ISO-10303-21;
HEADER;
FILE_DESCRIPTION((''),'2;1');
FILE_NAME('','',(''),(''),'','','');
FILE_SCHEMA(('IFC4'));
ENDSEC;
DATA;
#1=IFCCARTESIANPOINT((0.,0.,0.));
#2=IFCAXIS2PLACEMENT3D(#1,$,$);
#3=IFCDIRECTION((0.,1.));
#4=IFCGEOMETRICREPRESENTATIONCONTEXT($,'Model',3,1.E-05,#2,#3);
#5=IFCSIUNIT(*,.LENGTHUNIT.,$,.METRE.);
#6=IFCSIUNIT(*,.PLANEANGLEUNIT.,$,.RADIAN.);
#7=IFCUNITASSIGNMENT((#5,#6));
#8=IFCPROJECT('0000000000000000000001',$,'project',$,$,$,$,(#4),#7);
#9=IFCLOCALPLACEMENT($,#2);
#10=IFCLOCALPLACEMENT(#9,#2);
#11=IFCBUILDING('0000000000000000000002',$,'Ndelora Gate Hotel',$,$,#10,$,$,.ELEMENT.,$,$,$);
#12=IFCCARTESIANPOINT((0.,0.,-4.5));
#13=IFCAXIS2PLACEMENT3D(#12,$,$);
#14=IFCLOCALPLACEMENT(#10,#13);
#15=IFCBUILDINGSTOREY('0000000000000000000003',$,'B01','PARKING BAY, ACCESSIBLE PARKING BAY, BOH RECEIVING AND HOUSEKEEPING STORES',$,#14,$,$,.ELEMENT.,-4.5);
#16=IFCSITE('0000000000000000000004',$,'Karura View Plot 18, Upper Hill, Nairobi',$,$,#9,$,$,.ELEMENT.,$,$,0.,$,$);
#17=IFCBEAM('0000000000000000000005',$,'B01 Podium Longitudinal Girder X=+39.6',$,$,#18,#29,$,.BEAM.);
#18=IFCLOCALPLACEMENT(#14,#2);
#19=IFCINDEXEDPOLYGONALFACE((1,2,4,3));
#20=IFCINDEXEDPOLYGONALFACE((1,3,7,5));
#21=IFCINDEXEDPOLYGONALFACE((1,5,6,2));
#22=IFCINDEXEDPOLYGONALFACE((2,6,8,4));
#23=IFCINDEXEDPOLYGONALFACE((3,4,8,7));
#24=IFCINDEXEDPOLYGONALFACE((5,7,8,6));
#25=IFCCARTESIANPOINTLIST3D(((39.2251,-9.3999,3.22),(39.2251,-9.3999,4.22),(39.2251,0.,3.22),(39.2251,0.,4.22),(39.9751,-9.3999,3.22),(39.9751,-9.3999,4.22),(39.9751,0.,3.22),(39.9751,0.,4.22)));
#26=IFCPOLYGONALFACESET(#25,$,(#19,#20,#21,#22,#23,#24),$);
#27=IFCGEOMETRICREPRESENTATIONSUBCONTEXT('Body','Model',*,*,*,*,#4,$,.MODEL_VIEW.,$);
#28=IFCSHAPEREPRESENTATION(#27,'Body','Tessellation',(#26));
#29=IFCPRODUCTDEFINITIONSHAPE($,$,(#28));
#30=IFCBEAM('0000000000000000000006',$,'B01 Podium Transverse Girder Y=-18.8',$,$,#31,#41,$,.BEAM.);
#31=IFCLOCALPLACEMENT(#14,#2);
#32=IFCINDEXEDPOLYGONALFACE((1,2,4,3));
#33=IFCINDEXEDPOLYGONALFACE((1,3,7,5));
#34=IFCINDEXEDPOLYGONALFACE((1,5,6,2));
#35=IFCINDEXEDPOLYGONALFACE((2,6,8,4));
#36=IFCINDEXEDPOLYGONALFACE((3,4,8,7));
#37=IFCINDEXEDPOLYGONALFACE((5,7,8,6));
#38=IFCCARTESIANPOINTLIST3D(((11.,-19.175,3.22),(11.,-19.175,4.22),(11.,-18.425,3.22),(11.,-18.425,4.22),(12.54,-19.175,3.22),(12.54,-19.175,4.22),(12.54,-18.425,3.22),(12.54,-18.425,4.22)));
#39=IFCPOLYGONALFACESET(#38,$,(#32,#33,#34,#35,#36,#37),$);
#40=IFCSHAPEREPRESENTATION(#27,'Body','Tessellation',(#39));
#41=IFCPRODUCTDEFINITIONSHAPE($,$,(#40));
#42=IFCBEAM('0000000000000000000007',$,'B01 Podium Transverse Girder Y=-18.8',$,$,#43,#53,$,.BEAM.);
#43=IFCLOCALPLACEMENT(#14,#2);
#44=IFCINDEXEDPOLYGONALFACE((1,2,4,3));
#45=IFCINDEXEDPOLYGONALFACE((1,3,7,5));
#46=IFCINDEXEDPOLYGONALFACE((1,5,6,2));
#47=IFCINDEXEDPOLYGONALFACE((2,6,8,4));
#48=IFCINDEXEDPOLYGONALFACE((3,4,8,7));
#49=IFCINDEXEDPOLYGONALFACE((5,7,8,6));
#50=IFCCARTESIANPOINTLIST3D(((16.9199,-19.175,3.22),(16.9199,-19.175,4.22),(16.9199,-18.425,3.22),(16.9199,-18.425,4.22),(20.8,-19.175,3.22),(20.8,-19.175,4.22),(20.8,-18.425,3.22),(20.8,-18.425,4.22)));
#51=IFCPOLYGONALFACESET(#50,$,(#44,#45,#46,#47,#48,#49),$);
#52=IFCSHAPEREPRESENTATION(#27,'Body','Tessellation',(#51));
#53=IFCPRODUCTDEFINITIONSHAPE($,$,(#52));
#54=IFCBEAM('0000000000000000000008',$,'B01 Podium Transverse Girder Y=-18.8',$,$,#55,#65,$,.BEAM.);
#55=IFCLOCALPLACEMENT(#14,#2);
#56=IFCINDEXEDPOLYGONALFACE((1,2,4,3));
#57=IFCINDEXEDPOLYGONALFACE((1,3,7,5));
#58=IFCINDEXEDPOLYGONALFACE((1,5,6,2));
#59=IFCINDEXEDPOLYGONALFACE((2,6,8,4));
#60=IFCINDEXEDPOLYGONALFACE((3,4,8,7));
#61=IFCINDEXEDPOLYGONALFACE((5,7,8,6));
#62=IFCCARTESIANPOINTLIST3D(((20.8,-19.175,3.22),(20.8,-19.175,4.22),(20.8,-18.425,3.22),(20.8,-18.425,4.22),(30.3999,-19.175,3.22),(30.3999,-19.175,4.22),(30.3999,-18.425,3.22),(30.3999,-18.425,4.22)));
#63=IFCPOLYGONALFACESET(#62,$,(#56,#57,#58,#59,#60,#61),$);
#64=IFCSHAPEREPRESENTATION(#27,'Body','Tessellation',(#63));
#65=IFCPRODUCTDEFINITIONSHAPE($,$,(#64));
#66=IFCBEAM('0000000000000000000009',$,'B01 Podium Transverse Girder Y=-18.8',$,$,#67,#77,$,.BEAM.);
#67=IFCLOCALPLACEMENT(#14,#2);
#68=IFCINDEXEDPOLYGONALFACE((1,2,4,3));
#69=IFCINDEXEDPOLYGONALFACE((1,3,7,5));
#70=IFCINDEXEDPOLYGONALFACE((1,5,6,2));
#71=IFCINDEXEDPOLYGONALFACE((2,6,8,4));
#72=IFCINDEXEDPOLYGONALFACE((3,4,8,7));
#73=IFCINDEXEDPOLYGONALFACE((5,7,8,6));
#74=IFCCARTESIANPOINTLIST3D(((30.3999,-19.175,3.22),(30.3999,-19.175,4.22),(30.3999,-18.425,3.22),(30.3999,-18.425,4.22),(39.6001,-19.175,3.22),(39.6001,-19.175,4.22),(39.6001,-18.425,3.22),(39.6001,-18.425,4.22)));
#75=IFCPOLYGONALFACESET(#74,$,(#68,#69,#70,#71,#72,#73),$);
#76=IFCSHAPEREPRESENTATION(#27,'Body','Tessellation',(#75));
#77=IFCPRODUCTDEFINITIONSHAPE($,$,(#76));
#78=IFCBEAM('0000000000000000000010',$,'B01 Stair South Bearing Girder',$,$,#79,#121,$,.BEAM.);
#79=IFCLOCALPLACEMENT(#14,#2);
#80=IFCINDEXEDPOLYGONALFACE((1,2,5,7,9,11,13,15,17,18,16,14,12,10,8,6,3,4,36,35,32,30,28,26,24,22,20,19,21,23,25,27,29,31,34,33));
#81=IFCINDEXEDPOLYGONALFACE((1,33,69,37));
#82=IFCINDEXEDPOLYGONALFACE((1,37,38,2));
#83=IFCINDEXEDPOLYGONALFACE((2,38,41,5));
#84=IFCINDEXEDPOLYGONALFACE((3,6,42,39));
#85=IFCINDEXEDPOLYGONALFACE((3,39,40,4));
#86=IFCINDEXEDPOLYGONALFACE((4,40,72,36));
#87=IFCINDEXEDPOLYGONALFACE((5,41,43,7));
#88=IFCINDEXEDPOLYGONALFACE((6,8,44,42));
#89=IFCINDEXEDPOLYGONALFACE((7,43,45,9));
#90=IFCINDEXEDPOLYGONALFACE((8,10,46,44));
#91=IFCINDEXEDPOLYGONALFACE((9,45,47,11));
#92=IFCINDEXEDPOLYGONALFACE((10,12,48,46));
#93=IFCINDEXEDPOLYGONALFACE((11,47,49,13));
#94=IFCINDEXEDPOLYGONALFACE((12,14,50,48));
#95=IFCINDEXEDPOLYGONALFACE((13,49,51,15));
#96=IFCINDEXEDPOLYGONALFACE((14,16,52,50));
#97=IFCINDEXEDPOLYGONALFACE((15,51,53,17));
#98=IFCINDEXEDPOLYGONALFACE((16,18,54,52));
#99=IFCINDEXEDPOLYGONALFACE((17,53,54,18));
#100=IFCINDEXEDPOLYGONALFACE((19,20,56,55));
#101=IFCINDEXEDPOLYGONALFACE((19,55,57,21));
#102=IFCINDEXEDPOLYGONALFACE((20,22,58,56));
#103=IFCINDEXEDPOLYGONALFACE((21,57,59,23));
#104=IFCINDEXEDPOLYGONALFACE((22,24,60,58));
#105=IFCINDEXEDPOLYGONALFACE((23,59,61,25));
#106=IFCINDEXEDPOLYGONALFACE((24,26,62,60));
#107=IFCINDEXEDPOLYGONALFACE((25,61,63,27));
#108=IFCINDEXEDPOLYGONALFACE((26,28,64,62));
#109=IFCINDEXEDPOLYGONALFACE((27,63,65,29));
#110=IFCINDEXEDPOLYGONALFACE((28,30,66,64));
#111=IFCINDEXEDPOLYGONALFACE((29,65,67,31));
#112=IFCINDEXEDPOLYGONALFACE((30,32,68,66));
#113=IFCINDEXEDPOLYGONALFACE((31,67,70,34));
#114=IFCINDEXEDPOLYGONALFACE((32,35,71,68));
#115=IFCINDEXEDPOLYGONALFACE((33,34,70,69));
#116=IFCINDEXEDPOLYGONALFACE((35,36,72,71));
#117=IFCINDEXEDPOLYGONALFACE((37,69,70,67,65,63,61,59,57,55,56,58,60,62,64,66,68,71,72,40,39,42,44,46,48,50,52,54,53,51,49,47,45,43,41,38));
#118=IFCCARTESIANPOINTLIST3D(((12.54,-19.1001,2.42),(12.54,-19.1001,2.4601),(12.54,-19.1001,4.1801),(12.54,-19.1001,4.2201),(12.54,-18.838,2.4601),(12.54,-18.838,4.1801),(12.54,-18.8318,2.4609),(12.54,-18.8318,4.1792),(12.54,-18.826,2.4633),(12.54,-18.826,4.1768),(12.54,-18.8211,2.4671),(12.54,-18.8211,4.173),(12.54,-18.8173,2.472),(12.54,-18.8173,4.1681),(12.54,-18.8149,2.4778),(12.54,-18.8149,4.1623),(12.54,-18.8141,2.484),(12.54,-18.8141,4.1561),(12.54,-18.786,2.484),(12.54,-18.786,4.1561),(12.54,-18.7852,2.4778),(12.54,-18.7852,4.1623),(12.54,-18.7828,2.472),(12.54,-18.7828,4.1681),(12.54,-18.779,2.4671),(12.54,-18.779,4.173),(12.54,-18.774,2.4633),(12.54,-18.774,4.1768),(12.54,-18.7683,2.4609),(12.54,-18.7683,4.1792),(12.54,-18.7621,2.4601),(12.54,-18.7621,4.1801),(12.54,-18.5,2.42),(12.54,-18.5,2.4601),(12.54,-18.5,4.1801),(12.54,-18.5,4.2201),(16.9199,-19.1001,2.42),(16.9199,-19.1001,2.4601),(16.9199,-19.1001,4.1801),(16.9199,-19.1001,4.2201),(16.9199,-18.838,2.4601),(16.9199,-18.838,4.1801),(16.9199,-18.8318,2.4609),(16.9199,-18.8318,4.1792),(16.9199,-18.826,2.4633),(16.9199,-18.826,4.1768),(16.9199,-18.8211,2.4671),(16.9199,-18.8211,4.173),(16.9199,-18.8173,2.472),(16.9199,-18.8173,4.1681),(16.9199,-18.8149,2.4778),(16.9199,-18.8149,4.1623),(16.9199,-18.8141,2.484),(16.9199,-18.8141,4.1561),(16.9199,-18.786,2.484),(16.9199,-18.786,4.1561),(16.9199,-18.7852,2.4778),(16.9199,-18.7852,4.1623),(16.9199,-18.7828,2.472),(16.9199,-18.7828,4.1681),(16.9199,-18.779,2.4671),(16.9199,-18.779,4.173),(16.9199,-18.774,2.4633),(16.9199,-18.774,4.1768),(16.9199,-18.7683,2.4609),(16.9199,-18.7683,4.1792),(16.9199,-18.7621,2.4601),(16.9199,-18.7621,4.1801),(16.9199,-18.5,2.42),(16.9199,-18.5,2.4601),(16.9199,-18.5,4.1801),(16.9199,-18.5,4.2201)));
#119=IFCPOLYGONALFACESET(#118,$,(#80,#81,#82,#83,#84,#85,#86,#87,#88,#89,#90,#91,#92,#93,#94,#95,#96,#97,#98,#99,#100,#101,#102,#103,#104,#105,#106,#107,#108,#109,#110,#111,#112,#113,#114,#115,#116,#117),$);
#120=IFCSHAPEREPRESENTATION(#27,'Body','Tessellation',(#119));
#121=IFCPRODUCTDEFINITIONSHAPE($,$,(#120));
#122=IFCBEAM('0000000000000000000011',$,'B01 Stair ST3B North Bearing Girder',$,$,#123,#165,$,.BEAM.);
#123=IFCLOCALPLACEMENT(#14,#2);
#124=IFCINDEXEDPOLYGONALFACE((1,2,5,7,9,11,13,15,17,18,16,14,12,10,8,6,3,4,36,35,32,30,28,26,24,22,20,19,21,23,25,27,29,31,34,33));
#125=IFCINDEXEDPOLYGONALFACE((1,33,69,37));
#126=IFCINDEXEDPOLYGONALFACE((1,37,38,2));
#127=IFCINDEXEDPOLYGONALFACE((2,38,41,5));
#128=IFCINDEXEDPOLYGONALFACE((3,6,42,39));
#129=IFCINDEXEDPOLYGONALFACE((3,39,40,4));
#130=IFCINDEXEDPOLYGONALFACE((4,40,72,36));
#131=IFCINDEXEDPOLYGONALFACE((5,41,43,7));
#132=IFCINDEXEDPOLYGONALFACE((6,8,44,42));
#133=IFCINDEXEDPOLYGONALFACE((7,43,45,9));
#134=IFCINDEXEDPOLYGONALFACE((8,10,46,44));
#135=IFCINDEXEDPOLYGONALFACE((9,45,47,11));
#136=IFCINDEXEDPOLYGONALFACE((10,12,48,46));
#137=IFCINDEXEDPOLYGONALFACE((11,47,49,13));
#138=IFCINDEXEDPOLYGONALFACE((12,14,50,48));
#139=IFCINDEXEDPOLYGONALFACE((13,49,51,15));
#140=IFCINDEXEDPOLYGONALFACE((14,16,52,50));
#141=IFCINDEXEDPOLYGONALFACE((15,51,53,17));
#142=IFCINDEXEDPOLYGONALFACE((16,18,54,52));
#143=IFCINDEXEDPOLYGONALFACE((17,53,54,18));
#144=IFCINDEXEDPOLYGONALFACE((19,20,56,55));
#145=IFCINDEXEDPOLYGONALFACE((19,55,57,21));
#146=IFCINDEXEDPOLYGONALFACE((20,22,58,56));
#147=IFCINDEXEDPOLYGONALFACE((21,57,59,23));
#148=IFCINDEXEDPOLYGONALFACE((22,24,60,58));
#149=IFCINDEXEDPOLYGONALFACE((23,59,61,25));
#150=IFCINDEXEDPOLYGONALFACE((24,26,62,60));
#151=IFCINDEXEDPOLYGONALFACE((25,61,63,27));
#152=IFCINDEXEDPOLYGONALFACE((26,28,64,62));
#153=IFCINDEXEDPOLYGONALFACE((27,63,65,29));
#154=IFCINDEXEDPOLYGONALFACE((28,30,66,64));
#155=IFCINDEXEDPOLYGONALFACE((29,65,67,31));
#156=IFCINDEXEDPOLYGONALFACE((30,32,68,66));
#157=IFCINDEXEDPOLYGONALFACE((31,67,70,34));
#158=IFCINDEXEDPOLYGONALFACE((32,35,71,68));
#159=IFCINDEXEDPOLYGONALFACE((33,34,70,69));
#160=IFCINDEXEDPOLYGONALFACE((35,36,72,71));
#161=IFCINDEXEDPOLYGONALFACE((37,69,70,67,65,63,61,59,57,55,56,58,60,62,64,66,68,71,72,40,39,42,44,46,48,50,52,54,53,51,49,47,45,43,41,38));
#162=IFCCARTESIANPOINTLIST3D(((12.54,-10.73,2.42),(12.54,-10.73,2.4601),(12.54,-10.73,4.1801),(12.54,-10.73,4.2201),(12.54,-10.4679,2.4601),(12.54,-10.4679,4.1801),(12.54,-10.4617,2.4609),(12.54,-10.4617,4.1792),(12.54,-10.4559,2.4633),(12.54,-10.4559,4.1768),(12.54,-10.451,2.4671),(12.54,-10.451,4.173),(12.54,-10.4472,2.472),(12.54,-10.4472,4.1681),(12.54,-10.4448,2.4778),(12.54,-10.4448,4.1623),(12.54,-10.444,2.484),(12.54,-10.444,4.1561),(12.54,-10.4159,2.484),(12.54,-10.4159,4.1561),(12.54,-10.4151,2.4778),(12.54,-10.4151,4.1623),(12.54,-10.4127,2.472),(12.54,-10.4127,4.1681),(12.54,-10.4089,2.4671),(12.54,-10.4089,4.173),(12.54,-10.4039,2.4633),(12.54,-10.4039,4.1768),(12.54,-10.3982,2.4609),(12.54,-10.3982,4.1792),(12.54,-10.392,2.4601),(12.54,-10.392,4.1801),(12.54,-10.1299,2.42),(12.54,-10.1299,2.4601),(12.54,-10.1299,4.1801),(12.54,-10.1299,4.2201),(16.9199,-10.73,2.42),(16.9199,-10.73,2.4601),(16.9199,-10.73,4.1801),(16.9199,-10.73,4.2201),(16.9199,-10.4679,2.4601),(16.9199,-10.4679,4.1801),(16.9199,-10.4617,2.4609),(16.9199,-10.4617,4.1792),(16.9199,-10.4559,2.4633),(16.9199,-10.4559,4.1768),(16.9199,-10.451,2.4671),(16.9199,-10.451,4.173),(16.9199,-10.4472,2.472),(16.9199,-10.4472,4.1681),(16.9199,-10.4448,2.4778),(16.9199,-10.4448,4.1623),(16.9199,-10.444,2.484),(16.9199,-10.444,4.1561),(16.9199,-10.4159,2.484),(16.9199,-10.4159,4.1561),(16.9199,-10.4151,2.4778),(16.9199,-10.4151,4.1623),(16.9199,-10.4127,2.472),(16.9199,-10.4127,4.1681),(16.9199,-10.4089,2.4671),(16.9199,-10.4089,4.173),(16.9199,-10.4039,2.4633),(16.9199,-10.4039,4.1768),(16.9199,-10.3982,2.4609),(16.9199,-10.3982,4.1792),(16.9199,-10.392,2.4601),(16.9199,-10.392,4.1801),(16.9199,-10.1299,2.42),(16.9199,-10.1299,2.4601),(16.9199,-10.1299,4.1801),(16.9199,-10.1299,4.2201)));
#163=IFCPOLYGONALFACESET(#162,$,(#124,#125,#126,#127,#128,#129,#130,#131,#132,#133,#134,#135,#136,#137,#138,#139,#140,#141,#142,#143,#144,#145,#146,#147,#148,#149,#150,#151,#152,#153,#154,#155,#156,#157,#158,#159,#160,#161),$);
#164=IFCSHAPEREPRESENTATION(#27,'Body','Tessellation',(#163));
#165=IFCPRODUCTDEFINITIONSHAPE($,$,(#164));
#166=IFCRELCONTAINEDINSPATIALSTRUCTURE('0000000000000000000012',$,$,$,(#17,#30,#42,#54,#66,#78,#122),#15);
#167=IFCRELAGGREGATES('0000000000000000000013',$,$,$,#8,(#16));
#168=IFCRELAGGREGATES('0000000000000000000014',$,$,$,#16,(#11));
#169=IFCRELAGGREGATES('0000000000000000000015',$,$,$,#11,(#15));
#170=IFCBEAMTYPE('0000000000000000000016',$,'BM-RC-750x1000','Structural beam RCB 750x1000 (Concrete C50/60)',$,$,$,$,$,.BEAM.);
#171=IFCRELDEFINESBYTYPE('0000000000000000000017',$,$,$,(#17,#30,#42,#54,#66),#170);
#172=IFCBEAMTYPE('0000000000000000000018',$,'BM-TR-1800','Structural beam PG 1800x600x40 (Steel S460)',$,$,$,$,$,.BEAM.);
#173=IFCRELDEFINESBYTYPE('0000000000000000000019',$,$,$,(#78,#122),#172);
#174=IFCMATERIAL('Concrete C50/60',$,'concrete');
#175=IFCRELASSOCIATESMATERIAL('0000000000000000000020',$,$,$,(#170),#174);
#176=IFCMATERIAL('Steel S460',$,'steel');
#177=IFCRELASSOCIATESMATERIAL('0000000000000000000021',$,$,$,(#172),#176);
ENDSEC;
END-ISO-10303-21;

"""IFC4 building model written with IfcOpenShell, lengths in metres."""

from ifc_helpers import new_model, si_unit, direction, frame, origin, origin_2d, place, context, subcontext, project, spatial, rectangle, i_section, extrude, material, material_profile, profile_set, type_object, element, save


model = new_model("IFC4")

# Units and contexts
model_context = context("Model", 3, precision=1e-05, world=origin(), true_north=direction((0.0, 1.0)))
body_context = subcontext(model_context, "Body", "Model", "MODEL_VIEW")
ifc_project = project(units=[si_unit("LENGTHUNIT", "METRE"), si_unit("PLANEANGLEUNIT", "RADIAN")], contexts=[model_context])

# Site, building, storey
site_placement = place(None, origin())
site = spatial("IfcSite", under=ifc_project, at=site_placement, Name="Karura View Plot 18, Upper Hill, Nairobi", CompositionType="ELEMENT", RefElevation=0.0)
building_placement = place(site_placement, origin())
building = spatial("IfcBuilding", under=site, at=building_placement, Name="Ndelora Gate Hotel", CompositionType="ELEMENT")
storey_placement = place(building_placement, frame((0.0, 0.0, -4.5)))
storey = spatial("IfcBuildingStorey", under=building, at=storey_placement, Name="B01", Description="PARKING BAY, ACCESSIBLE PARKING BAY, BOH RECEIVING AND HOUSEKEEPING STORES", CompositionType="ELEMENT", Elevation=-4.5)

# Shared definitions
ifc_material_1 = material(Name="Concrete C50/60", Category="concrete")

# Beams
ifc_material_profile_1 = material_profile(ifc_material_1, rectangle(XDim=0.75, YDim=1.0, at=origin_2d()), Name="RCB 750x1000")
ifc_profile_set_1 = profile_set([ifc_material_profile_1], Name="Concrete C50/60")
beam_type_1 = type_object("IfcBeamType", Name="BM-RC-750x1000", Description="Structural beam RCB 750x1000 (Concrete C50/60)", PredefinedType="BEAM", material=ifc_profile_set_1)
beam_1_placement = place(storey_placement, frame((39.6001, -9.3999, 3.72), z_axis=(0.0, 1.0, 0.0), x_axis=(-1.0, 0.0, 0.0)))
element("IfcBeam", 1, at=beam_1_placement, inside=storey, type_object=beam_type_1, Name="B01 Podium Longitudinal Girder X=+39.6", PredefinedType="BEAM", context=body_context, shape_type="SweptSolid", body=[
    extrude(rectangle(XDim=0.75, YDim=1.0, at=origin_2d()), origin(), (0.0, 0.0, 1.0), 9.3999),
])
beam_2_placement = place(storey_placement, frame((11.0, -18.8, 3.72), z_axis=(1.0, 0.0, 0.0), x_axis=(0.0, 1.0, 0.0)))
element("IfcBeam", 2, at=beam_2_placement, inside=storey, type_object=beam_type_1, Name="B01 Podium Transverse Girder Y=-18.8", PredefinedType="BEAM", context=body_context, shape_type="SweptSolid", body=[
    extrude(rectangle(XDim=0.75, YDim=1.0, at=origin_2d()), origin(), (0.0, 0.0, 1.0), 1.54),
])
beam_3_placement = place(storey_placement, frame((16.9199, -18.8, 3.72), z_axis=(1.0, 0.0, 0.0), x_axis=(0.0, 1.0, 0.0)))
element("IfcBeam", 3, at=beam_3_placement, inside=storey, type_object=beam_type_1, Name="B01 Podium Transverse Girder Y=-18.8", PredefinedType="BEAM", context=body_context, shape_type="SweptSolid", body=[
    extrude(rectangle(XDim=0.75, YDim=1.0, at=origin_2d()), origin(), (0.0, 0.0, 1.0), 3.8801),
])
beam_4_placement = place(storey_placement, frame((20.8, -18.8, 3.72), z_axis=(1.0, 0.0, 0.0), x_axis=(0.0, 1.0, 0.0)))
element("IfcBeam", 4, at=beam_4_placement, inside=storey, type_object=beam_type_1, Name="B01 Podium Transverse Girder Y=-18.8", PredefinedType="BEAM", context=body_context, shape_type="SweptSolid", body=[
    extrude(rectangle(XDim=0.75, YDim=1.0, at=origin_2d()), origin(), (0.0, 0.0, 1.0), 9.5999),
])
beam_5_placement = place(storey_placement, frame((30.3999, -18.8, 3.72), z_axis=(1.0, 0.0, 0.0), x_axis=(0.0, 1.0, 0.0)))
element("IfcBeam", 5, at=beam_5_placement, inside=storey, type_object=beam_type_1, Name="B01 Podium Transverse Girder Y=-18.8", PredefinedType="BEAM", context=body_context, shape_type="SweptSolid", body=[
    extrude(rectangle(XDim=0.75, YDim=1.0, at=origin_2d()), origin(), (0.0, 0.0, 1.0), 9.2002),
])
ifc_material_2 = material(Name="Steel S460", Category="steel")
ifc_material_profile_2 = material_profile(ifc_material_2, i_section(OverallWidth=0.6001, OverallDepth=1.8, WebThickness=0.0281, FlangeThickness=0.04, FilletRadius=0.0239, at=origin_2d()), Name="PG 1800x600x40")
ifc_profile_set_2 = profile_set([ifc_material_profile_2], Name="Steel S460")
beam_type_2 = type_object("IfcBeamType", Name="BM-TR-1800", Description="Structural beam PG 1800x600x40 (Steel S460)", PredefinedType="BEAM", material=ifc_profile_set_2)
for number, where, z_axis, x_axis, name in (
    (6, (12.54, -18.8, 3.3201), (1.0, 0.0, 0.0), (0.0, 1.0, 0.0), "B01 Stair South Bearing Girder"),
    (7, (12.54, -10.4299, 3.3201), (1.0, 0.0, 0.0), (0.0, 1.0, 0.0), "B01 Stair ST3B North Bearing Girder"),
):
    element("IfcBeam", number, at=place(storey_placement, frame(where, z_axis=z_axis, x_axis=x_axis)), inside=storey, type_object=beam_type_2, Name=name, PredefinedType="BEAM", context=body_context, shape_type="SweptSolid", body=[
        extrude(i_section(OverallWidth=0.6001, OverallDepth=1.8, WebThickness=0.0281, FlangeThickness=0.04, FilletRadius=0.0239, at=origin_2d()), origin(), (0.0, 0.0, 1.0), 4.3799),
    ])

save(model, "model.ifc")
